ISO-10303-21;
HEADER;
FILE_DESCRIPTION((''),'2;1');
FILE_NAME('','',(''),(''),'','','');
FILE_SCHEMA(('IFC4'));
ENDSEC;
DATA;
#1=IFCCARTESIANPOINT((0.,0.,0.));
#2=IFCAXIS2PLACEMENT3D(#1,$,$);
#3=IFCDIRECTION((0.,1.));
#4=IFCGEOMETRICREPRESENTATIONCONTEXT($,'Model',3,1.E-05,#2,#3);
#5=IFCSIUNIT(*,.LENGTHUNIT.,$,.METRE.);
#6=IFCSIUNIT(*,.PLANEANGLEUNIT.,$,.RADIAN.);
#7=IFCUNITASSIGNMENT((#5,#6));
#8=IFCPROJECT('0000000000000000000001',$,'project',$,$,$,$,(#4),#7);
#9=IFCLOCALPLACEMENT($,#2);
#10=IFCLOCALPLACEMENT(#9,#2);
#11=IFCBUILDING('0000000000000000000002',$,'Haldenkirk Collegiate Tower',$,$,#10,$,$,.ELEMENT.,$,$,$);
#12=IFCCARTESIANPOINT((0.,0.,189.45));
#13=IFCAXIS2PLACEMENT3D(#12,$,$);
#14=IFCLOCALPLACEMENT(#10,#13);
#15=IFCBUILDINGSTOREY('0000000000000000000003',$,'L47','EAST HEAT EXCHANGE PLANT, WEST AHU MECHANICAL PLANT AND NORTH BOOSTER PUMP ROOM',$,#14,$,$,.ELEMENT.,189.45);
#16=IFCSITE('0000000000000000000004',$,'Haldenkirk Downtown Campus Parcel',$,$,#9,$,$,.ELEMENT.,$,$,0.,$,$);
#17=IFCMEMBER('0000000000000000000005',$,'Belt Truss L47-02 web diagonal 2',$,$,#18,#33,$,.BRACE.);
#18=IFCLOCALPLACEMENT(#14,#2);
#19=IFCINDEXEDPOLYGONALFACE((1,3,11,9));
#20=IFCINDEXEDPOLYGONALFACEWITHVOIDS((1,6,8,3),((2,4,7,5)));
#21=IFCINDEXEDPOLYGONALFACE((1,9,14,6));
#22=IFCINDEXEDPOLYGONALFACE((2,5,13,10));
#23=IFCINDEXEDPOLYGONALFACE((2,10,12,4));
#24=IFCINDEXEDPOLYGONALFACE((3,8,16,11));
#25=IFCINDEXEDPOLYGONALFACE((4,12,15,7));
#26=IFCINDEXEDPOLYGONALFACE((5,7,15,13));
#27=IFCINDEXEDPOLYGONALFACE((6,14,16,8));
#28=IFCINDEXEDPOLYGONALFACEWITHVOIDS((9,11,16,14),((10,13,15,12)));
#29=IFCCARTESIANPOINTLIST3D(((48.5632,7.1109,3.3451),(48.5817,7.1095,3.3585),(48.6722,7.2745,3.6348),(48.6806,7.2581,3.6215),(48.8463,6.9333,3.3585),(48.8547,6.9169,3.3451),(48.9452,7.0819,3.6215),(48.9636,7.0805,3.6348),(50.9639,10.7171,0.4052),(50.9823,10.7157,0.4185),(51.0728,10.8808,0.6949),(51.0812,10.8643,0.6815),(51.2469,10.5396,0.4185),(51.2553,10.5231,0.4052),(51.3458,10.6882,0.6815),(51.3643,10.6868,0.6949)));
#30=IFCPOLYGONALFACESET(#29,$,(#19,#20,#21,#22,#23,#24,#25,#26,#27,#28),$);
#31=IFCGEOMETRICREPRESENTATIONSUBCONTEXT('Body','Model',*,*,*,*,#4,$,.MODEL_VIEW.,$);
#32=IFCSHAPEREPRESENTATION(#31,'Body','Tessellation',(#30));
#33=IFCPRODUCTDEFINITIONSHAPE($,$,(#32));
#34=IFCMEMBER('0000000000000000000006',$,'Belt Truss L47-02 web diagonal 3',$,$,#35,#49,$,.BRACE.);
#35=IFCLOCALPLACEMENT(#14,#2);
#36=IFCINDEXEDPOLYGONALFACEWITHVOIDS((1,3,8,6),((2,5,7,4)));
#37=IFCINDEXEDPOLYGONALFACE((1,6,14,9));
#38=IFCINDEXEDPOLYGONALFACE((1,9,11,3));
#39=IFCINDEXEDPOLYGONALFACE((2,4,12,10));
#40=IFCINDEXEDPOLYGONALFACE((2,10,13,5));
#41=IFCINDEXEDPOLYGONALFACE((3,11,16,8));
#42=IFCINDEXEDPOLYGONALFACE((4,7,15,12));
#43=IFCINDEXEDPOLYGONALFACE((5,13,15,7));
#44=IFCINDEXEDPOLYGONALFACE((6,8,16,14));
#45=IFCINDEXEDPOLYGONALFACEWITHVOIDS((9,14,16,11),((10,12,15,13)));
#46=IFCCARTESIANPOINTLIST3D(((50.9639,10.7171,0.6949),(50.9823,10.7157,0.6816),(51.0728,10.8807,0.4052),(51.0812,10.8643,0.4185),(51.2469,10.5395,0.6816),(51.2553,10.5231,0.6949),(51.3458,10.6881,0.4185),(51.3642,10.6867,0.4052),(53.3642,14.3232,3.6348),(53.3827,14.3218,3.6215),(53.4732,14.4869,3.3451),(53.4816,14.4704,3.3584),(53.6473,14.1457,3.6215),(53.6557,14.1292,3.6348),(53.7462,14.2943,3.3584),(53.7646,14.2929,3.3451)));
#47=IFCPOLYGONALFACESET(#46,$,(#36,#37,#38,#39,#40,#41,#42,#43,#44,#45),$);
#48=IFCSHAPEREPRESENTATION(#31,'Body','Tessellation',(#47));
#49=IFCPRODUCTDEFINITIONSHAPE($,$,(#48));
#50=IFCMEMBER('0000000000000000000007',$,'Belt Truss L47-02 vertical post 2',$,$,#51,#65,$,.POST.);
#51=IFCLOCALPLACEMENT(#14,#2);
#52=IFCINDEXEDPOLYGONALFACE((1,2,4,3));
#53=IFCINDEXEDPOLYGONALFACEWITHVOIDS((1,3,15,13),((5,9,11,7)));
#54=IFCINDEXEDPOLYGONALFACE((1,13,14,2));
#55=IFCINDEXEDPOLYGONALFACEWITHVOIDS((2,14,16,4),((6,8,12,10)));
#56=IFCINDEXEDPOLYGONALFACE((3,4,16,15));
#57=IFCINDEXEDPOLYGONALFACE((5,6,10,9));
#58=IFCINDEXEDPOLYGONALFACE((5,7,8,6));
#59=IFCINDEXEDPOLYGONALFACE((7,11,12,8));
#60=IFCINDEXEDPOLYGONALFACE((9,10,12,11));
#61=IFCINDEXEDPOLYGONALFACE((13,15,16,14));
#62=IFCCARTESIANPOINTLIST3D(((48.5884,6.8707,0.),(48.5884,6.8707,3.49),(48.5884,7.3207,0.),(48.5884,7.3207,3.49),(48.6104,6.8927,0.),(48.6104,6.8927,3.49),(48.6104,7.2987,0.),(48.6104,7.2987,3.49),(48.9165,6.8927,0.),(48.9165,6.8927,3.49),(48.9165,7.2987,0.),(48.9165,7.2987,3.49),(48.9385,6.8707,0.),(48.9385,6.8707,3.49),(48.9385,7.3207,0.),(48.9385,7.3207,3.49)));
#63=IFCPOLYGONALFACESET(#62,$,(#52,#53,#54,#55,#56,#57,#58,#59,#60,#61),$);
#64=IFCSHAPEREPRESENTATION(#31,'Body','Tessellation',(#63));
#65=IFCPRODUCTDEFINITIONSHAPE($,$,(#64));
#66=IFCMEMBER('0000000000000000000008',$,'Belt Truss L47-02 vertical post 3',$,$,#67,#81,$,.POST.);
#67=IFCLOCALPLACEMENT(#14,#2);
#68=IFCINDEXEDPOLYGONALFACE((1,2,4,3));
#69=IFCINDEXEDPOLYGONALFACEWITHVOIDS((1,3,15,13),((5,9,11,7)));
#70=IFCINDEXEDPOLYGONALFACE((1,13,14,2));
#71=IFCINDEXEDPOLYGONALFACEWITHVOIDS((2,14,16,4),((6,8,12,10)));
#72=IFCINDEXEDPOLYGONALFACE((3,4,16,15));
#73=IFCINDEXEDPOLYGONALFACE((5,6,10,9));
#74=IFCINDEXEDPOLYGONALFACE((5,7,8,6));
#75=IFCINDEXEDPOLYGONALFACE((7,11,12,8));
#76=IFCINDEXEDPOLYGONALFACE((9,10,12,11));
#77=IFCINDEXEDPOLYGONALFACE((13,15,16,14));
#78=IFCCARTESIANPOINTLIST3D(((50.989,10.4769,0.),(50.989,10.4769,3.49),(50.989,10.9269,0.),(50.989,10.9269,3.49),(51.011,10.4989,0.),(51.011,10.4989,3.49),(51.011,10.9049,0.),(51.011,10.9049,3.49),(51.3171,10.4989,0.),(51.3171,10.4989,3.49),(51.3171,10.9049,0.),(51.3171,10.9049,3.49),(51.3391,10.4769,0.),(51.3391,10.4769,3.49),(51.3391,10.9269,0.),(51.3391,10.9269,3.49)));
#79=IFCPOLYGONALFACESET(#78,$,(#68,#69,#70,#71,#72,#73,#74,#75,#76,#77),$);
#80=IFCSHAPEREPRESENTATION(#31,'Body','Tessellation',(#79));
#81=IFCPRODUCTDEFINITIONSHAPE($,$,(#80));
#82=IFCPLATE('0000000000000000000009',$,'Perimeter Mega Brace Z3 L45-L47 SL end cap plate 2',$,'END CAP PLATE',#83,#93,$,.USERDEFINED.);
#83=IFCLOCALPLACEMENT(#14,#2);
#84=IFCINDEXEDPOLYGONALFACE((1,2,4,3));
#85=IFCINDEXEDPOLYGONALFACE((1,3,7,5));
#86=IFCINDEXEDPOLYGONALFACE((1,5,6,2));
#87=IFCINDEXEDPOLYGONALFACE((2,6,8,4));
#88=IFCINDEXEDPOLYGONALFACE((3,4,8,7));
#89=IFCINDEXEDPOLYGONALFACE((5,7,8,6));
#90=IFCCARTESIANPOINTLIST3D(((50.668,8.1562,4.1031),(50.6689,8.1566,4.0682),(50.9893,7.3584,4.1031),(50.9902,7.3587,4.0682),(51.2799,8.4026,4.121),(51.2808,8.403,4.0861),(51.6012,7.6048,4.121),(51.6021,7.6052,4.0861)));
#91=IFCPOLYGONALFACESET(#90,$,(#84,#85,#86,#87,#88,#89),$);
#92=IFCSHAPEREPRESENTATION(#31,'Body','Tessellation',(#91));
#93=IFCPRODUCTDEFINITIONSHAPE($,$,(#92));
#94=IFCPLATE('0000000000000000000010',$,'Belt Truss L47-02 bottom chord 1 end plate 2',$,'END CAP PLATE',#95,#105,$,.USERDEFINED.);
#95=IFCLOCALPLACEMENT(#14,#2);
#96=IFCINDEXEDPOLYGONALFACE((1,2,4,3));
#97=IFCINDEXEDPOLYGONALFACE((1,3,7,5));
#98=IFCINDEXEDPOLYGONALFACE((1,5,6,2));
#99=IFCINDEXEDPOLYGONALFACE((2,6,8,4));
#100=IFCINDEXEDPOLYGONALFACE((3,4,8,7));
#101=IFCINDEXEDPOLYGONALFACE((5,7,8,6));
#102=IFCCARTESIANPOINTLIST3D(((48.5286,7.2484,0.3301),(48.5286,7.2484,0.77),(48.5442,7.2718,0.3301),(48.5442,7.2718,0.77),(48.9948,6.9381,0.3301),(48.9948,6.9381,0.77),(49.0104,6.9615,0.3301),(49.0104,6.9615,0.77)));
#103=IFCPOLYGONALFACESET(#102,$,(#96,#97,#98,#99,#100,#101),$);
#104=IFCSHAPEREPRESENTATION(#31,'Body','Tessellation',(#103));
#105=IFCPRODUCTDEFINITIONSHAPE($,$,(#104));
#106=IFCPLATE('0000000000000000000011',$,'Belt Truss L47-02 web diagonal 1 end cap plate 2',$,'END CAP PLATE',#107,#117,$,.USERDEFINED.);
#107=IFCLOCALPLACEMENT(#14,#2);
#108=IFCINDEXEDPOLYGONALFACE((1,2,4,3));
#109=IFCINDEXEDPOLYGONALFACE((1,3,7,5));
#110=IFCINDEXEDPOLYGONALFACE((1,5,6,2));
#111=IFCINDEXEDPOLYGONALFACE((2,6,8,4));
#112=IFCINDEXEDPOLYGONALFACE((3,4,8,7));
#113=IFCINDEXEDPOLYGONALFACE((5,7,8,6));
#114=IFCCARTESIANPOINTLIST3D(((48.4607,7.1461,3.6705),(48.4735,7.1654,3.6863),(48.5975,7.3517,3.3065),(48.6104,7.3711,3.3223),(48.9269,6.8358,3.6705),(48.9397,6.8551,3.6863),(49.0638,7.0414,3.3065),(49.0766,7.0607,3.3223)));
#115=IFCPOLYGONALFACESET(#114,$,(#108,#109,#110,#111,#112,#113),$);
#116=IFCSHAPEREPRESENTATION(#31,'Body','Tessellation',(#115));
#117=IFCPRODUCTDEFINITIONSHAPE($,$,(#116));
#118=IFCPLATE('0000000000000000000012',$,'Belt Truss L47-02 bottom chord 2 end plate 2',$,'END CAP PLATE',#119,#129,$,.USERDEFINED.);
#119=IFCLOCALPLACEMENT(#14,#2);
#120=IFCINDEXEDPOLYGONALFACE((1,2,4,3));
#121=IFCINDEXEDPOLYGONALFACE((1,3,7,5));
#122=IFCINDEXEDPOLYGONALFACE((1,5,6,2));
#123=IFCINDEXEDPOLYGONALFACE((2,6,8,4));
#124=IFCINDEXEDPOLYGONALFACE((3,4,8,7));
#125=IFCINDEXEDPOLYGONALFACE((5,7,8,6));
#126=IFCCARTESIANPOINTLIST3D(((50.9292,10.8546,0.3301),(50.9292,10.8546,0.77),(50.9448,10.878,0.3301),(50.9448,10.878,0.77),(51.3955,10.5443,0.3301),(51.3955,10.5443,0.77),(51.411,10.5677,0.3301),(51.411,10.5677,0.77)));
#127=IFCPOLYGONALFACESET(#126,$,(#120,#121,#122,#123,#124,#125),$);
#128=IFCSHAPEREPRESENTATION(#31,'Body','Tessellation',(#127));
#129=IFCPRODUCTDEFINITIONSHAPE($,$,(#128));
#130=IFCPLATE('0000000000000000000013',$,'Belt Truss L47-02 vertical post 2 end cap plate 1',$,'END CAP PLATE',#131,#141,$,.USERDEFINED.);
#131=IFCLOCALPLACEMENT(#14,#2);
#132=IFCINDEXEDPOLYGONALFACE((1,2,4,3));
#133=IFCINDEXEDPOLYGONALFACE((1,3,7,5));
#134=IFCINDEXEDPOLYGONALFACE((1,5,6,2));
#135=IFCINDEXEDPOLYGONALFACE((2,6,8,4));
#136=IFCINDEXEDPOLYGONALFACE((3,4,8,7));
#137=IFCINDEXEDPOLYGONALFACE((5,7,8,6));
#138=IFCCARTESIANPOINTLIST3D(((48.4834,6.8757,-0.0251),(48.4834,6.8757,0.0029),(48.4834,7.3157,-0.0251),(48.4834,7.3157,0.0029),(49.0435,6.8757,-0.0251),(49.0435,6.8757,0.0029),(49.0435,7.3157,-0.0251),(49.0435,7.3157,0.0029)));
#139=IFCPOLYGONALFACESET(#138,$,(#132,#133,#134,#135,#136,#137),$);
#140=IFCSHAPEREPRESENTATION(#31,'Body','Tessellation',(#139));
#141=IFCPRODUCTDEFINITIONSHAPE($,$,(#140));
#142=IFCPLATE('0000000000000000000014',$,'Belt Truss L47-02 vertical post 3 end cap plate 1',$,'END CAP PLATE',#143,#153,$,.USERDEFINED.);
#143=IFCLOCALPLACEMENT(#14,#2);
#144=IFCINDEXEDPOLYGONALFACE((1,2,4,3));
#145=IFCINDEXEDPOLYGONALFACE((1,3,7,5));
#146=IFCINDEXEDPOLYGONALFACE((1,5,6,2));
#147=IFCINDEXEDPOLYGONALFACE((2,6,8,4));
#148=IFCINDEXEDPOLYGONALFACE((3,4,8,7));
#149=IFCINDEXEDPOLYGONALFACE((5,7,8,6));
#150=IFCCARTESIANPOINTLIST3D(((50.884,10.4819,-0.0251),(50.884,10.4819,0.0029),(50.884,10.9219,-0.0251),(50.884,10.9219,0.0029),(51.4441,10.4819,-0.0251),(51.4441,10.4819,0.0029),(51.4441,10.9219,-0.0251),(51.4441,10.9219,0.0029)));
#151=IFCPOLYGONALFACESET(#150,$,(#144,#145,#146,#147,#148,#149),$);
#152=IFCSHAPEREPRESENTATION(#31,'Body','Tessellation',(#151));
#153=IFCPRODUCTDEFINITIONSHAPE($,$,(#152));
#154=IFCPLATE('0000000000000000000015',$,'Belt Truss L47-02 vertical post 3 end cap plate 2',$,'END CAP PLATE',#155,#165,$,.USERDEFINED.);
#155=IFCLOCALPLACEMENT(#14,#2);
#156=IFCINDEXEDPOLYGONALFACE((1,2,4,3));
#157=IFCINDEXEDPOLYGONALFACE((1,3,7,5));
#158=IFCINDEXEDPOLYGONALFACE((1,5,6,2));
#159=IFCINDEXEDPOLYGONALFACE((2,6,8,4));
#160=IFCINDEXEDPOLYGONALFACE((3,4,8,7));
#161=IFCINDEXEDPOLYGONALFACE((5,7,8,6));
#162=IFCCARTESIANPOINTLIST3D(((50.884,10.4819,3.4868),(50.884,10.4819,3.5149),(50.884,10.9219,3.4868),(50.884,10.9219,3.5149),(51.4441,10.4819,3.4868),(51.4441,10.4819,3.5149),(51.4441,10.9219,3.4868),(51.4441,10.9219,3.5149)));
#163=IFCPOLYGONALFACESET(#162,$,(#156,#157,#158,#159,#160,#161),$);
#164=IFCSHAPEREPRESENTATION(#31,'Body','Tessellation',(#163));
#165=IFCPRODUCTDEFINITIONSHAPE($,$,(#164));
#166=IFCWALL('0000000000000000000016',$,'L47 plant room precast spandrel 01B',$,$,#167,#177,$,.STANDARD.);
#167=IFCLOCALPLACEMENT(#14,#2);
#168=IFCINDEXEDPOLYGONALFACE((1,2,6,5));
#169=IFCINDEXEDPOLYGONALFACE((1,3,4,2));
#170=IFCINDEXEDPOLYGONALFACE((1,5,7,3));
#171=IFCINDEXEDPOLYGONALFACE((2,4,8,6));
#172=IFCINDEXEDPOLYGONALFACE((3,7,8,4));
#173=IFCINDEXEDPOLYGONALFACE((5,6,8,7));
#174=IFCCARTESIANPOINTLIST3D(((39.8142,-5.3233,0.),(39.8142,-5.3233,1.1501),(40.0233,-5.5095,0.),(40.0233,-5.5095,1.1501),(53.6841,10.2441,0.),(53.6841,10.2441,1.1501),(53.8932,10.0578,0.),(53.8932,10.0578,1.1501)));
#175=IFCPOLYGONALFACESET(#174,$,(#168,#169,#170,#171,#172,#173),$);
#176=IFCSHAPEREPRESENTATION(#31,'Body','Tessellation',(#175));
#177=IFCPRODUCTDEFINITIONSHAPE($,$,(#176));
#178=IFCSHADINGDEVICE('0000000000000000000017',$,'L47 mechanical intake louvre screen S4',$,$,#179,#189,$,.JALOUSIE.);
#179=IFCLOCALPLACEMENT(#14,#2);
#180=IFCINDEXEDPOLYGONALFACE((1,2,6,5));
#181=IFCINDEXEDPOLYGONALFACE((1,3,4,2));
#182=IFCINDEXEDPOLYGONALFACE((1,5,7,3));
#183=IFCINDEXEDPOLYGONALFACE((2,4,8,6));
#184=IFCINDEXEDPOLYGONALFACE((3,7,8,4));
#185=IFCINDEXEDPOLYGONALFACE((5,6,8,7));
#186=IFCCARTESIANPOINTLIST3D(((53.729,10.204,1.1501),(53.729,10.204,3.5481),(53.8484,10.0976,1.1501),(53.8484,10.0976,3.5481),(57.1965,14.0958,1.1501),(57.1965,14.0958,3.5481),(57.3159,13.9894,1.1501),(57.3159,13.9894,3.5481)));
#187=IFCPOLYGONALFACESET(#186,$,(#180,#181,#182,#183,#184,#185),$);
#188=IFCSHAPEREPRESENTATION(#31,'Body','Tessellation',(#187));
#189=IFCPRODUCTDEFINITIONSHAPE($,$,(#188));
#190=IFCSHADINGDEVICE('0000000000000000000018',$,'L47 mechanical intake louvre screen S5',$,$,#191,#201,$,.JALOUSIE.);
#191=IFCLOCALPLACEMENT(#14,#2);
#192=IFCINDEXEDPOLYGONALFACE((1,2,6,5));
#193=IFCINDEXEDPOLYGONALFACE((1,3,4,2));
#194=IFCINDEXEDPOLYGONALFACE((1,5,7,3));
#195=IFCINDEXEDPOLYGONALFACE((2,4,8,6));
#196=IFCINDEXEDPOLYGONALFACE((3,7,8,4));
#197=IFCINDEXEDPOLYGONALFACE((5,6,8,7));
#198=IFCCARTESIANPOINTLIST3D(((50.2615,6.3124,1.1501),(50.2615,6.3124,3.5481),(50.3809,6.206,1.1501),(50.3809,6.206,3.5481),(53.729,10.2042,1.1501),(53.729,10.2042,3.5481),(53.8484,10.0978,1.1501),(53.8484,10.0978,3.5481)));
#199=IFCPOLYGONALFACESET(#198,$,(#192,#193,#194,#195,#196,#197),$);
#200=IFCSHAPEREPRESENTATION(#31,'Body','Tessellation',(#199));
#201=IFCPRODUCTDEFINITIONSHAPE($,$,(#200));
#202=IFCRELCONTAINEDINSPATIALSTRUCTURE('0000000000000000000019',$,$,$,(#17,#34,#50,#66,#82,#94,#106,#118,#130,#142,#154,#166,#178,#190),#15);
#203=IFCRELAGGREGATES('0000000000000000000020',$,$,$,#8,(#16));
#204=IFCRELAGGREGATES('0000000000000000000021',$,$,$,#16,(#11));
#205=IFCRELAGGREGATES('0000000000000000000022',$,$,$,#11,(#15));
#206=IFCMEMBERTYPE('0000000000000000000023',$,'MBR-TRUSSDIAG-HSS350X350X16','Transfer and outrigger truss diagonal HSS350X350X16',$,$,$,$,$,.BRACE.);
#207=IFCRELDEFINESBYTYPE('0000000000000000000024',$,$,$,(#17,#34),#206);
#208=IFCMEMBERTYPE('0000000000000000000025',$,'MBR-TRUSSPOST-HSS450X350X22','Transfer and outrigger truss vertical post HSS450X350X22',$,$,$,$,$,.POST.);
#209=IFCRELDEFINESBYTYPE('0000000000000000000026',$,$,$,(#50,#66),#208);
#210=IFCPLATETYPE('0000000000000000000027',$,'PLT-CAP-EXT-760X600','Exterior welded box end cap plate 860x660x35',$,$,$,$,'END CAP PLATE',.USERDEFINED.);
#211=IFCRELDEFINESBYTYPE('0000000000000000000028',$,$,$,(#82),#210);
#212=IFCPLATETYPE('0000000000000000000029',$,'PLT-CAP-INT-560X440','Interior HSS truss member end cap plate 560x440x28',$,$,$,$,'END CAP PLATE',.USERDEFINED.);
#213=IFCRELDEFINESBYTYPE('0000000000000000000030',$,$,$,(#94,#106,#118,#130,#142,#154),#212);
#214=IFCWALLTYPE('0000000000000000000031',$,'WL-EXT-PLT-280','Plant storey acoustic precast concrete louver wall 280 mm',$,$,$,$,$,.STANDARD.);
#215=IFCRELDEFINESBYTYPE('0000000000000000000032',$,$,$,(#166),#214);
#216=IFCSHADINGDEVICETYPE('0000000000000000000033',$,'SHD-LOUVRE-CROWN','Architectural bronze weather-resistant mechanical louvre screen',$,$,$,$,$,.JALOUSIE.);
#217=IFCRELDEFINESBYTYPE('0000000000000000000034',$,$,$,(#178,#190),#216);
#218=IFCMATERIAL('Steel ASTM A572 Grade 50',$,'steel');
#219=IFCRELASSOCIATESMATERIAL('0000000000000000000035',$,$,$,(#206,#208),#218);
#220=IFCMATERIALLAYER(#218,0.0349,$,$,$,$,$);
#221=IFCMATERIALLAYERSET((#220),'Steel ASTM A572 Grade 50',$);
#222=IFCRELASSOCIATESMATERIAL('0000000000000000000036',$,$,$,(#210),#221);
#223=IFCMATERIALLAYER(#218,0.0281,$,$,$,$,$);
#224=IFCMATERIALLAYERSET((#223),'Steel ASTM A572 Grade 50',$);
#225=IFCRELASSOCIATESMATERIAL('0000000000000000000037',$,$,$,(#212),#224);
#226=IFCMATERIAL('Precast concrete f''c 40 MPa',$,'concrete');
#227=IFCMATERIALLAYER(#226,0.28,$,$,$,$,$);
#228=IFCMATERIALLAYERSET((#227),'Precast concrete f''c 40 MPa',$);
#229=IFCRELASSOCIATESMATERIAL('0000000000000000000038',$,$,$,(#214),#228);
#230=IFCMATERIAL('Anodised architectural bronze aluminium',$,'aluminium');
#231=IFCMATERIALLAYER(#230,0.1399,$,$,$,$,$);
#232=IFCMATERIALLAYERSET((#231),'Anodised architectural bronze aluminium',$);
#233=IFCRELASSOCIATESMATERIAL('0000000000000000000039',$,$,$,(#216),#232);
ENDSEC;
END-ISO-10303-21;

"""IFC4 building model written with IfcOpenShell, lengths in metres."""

from ifc_helpers import new_model, si_unit, direction, frame, frame_2d, origin, origin_2d, place, context, subcontext, project, spatial, rectangle, hollow_rectangle, extrude, source, transform, mapped, material, layer, layer_set, material_profile, profile_set, type_object, element, save


model = new_model("IFC4")

# Units and contexts
model_context = context("Model", 3, precision=1e-05, world=origin(), true_north=direction((0.0, 1.0)))
body_context = subcontext(model_context, "Body", "Model", "MODEL_VIEW")
ifc_project = project(units=[si_unit("LENGTHUNIT", "METRE"), si_unit("PLANEANGLEUNIT", "RADIAN")], contexts=[model_context])

# Site, building, storey
site_placement = place(None, origin())
site = spatial("IfcSite", under=ifc_project, at=site_placement, Name="Haldenkirk Downtown Campus Parcel", CompositionType="ELEMENT", RefElevation=0.0)
building_placement = place(site_placement, origin())
building = spatial("IfcBuilding", under=site, at=building_placement, Name="Haldenkirk Collegiate Tower", CompositionType="ELEMENT")
storey_placement = place(building_placement, frame((0.0, 0.0, 189.45)))
storey = spatial("IfcBuildingStorey", under=building, at=storey_placement, Name="L47", Description="EAST HEAT EXCHANGE PLANT, WEST AHU MECHANICAL PLANT AND NORTH BOOSTER PUMP ROOM", CompositionType="ELEMENT", Elevation=189.45)

# Members
ifc_material_1 = material(Name="Steel ASTM A572 Grade 50", Category="steel")
ifc_material_profile_1 = material_profile(ifc_material_1, hollow_rectangle(XDim=0.3501, YDim=0.3501, WallThickness=0.0161, at=origin_2d()), Name="HSS350X350X16")
ifc_profile_set_1 = profile_set([ifc_material_profile_1], Name="Steel ASTM A572 Grade 50")
member_type_1 = type_object("IfcMemberType", Name="MBR-TRUSSDIAG-HSS350X350X16", Description="Transfer and outrigger truss diagonal HSS350X350X16", PredefinedType="BRACE", material=ifc_profile_set_1)
member_1_placement = place(storey_placement, frame((48.7634, 7.0957, 3.49), z_axis=(0.458526, 0.688791, -0.561534), x_axis=(-0.832423, 0.554141, 0.0)))
element("IfcMember", 1, at=member_1_placement, inside=storey, type_object=member_type_1, Name="Belt Truss L47-02 web diagonal 2", PredefinedType="BRACE", context=body_context, shape_type="SweptSolid", body=[
    extrude(hollow_rectangle(XDim=0.3501, YDim=0.3501, WallThickness=0.0161, at=origin_2d()), origin(), (0.0, 0.0, 1.0), 5.2356),
])
member_2_placement = place(storey_placement, frame((51.1641, 10.7019, 0.55), z_axis=(0.458489, 0.688806, 0.561546), x_axis=(-0.832449, 0.554102, 0.0)))
element("IfcMember", 2, at=member_2_placement, inside=storey, type_object=member_type_1, Name="Belt Truss L47-02 web diagonal 3", PredefinedType="BRACE", context=body_context, shape_type="SweptSolid", body=[
    extrude(hollow_rectangle(XDim=0.3501, YDim=0.3501, WallThickness=0.0161, at=origin_2d()), origin(), (0.0, 0.0, 1.0), 5.2354),
])
ifc_material_profile_2 = material_profile(ifc_material_1, hollow_rectangle(XDim=0.3501, YDim=0.45, WallThickness=0.022, at=origin_2d()), Name="HSS450X350X22")
ifc_profile_set_2 = profile_set([ifc_material_profile_2], Name="Steel ASTM A572 Grade 50")
member_type_2 = type_object("IfcMemberType", Name="MBR-TRUSSPOST-HSS450X350X22", Description="Transfer and outrigger truss vertical post HSS450X350X22", PredefinedType="POST", material=ifc_profile_set_2)
for number, where, z_axis, x_axis, name in (
    (3, (48.7634, 7.0957, 0.0), (0.0, 0.0, 1.0), (1.0, 0.0, 0.0), "Belt Truss L47-02 vertical post 2"),
    (4, (51.1641, 10.7019, 0.0), (0.0, 0.0, 1.0), (1.0, 0.0, 0.0), "Belt Truss L47-02 vertical post 3"),
):
    element("IfcMember", number, at=place(storey_placement, frame(where, z_axis=z_axis, x_axis=x_axis)), inside=storey, type_object=member_type_2, Name=name, PredefinedType="POST", context=body_context, shape_type="SweptSolid", body=[
        extrude(hollow_rectangle(XDim=0.3501, YDim=0.45, WallThickness=0.022, at=origin_2d()), origin(), (0.0, 0.0, 1.0), 3.49),
    ])

# Plates
ifc_layer_1 = layer(ifc_material_1, 0.0349)
ifc_layer_set_1 = layer_set([ifc_layer_1], Name="Steel ASTM A572 Grade 50")
plate_type_1 = type_object("IfcPlateType", Name="PLT-CAP-EXT-760X600", Description="Exterior welded box end cap plate 860x660x35", ElementType="END CAP PLATE", PredefinedType="USERDEFINED", material=ifc_layer_set_1)
shared_shape_1 = source(origin(), body_context, "Body", "SweptSolid", [
    extrude(rectangle(XDim=0.8601, YDim=0.6599, at=origin_2d()), origin(), (0.0, 0.0, 1.0), 0.0349),
])
plate_placement = place(storey_placement, frame((51.1355, 7.8809, 4.0771), z_axis=(-0.02505, -0.010089, 0.999635), x_axis=(0.373592, -0.927593, 0.0)))
element("IfcPlate", 5, at=plate_placement, inside=storey, type_object=plate_type_1, Name="Perimeter Mega Brace Z3 L45-L47 SL end cap plate 2", ObjectType="END CAP PLATE", PredefinedType="USERDEFINED", context=body_context, shape_type="MappedRepresentation", body=[
    mapped(shared_shape_1, transform((0.0, 0.0, 0.0), x_axis=(1.0, 0.0, 0.0), y_axis=(0.0, 1.0, 0.0), z_axis=(0.0, 0.0, 1.0), scale=1.0)),
])
ifc_layer_2 = layer(ifc_material_1, 0.0281)
ifc_layer_set_2 = layer_set([ifc_layer_2], Name="Steel ASTM A572 Grade 50")
plate_type_2 = type_object("IfcPlateType", Name="PLT-CAP-INT-560X440", Description="Interior HSS truss member end cap plate 560x440x28", ElementType="END CAP PLATE", PredefinedType="USERDEFINED", material=ifc_layer_set_2)
shared_shape_2 = source(origin(), body_context, "Body", "SweptSolid", [
    extrude(rectangle(XDim=0.5601, YDim=0.4399, at=origin_2d()), origin(), (0.0, 0.0, 1.0), 0.0281),
])
for number, where, z_axis, x_axis, name in (
    (6, (48.7617, 7.0933, 0.55), (0.554116, 0.83244, 0.0), (-0.83244, 0.554116, 0.0), "Belt Truss L47-02 bottom chord 1 end plate 2"),
    (7, (48.7622, 7.0938, 3.4885), (0.458494, 0.688791, 0.561561), (-0.832441, 0.554114, 0.0), "Belt Truss L47-02 web diagonal 1 end cap plate 2"),
    (8, (51.1624, 10.6995, 0.55), (0.554116, 0.83244, 0.0), (-0.83244, 0.554116, 0.0), "Belt Truss L47-02 bottom chord 2 end plate 2"),
    (9, (48.7634, 7.0957, 0.0029), (0.0, 0.0, -1.0), (1.0, 0.0, 0.0), "Belt Truss L47-02 vertical post 2 end cap plate 1"),
    (10, (51.1641, 10.7019, 0.0029), (0.0, 0.0, -1.0), (1.0, 0.0, 0.0), "Belt Truss L47-02 vertical post 3 end cap plate 1"),
    (11, (51.1641, 10.7019, 3.4868), (0.0, 0.0, 1.0), (1.0, 0.0, 0.0), "Belt Truss L47-02 vertical post 3 end cap plate 2"),
):
    element("IfcPlate", number, at=place(storey_placement, frame(where, z_axis=z_axis, x_axis=x_axis)), inside=storey, type_object=plate_type_2, Name=name, ObjectType="END CAP PLATE", PredefinedType="USERDEFINED", context=body_context, shape_type="MappedRepresentation", body=[
        mapped(shared_shape_2, transform((0.0, 0.0, 0.0), x_axis=(1.0, 0.0, 0.0), y_axis=(0.0, 1.0, 0.0), z_axis=(0.0, 0.0, 1.0), scale=1.0)),
    ])

# Wall
ifc_material_2 = material(Name="Precast concrete f'c 40 MPa", Category="concrete")
ifc_layer_3 = layer(ifc_material_2, 0.28)
ifc_layer_set_3 = layer_set([ifc_layer_3], Name="Precast concrete f'c 40 MPa")
wall_type = type_object("IfcWallType", Name="WL-EXT-PLT-280", Description="Plant storey acoustic precast concrete louver wall 280 mm", PredefinedType="STANDARD", material=ifc_layer_set_3)
wall_placement = place(storey_placement, frame((53.7886, 10.1509, 0.0), z_axis=(0.0, 0.0, 1.0), x_axis=(-0.665226, -0.746642, 0.0)))
element("IfcWall", 12, at=wall_placement, inside=storey, type_object=wall_type, Name="L47 plant room precast spandrel 01B", PredefinedType="STANDARD", context=body_context, shape_type="SweptSolid", body=[
    extrude(rectangle(XDim=20.8499, YDim=0.28, at=frame_2d((10.4248, 0.0))), origin(), (0.0, 0.0, 1.0), 1.1501),
])

# Shading devices
ifc_material_3 = material(Name="Anodised architectural bronze aluminium", Category="aluminium")
ifc_layer_4 = layer(ifc_material_3, 0.1399)
ifc_layer_set_4 = layer_set([ifc_layer_4], Name="Anodised architectural bronze aluminium")
shading_device_type = type_object("IfcShadingDeviceType", Name="SHD-LOUVRE-CROWN", Description="Architectural bronze weather-resistant mechanical louvre screen", PredefinedType="JALOUSIE", material=ifc_layer_set_4)
shared_shape_3 = source(origin(), body_context, "Body", "SweptSolid", [
    extrude(rectangle(XDim=5.2124, YDim=0.1599, at=origin_2d()), origin(), (0.0, 0.0, 1.0), 2.3979),
])
for number, where, z_axis, x_axis, name in (
    (13, (55.5225, 12.0967, 1.1501), (0.0, 0.0, 1.0), (-0.66523, -0.746638, 0.0), "L47 mechanical intake louvre screen S4"),
    (14, (52.0549, 8.2051, 1.1501), (0.0, 0.0, 1.0), (-0.66523, -0.746638, 0.0), "L47 mechanical intake louvre screen S5"),
):
    element("IfcShadingDevice", number, at=place(storey_placement, frame(where, z_axis=z_axis, x_axis=x_axis)), inside=storey, type_object=shading_device_type, Name=name, PredefinedType="JALOUSIE", context=body_context, shape_type="MappedRepresentation", body=[
        mapped(shared_shape_3, transform((0.0, 0.0, 0.0), x_axis=(1.0, 0.0, 0.0), y_axis=(0.0, 1.0, 0.0), z_axis=(0.0, 0.0, 1.0), scale=1.0)),
    ])

save(model, "model.ifc")
